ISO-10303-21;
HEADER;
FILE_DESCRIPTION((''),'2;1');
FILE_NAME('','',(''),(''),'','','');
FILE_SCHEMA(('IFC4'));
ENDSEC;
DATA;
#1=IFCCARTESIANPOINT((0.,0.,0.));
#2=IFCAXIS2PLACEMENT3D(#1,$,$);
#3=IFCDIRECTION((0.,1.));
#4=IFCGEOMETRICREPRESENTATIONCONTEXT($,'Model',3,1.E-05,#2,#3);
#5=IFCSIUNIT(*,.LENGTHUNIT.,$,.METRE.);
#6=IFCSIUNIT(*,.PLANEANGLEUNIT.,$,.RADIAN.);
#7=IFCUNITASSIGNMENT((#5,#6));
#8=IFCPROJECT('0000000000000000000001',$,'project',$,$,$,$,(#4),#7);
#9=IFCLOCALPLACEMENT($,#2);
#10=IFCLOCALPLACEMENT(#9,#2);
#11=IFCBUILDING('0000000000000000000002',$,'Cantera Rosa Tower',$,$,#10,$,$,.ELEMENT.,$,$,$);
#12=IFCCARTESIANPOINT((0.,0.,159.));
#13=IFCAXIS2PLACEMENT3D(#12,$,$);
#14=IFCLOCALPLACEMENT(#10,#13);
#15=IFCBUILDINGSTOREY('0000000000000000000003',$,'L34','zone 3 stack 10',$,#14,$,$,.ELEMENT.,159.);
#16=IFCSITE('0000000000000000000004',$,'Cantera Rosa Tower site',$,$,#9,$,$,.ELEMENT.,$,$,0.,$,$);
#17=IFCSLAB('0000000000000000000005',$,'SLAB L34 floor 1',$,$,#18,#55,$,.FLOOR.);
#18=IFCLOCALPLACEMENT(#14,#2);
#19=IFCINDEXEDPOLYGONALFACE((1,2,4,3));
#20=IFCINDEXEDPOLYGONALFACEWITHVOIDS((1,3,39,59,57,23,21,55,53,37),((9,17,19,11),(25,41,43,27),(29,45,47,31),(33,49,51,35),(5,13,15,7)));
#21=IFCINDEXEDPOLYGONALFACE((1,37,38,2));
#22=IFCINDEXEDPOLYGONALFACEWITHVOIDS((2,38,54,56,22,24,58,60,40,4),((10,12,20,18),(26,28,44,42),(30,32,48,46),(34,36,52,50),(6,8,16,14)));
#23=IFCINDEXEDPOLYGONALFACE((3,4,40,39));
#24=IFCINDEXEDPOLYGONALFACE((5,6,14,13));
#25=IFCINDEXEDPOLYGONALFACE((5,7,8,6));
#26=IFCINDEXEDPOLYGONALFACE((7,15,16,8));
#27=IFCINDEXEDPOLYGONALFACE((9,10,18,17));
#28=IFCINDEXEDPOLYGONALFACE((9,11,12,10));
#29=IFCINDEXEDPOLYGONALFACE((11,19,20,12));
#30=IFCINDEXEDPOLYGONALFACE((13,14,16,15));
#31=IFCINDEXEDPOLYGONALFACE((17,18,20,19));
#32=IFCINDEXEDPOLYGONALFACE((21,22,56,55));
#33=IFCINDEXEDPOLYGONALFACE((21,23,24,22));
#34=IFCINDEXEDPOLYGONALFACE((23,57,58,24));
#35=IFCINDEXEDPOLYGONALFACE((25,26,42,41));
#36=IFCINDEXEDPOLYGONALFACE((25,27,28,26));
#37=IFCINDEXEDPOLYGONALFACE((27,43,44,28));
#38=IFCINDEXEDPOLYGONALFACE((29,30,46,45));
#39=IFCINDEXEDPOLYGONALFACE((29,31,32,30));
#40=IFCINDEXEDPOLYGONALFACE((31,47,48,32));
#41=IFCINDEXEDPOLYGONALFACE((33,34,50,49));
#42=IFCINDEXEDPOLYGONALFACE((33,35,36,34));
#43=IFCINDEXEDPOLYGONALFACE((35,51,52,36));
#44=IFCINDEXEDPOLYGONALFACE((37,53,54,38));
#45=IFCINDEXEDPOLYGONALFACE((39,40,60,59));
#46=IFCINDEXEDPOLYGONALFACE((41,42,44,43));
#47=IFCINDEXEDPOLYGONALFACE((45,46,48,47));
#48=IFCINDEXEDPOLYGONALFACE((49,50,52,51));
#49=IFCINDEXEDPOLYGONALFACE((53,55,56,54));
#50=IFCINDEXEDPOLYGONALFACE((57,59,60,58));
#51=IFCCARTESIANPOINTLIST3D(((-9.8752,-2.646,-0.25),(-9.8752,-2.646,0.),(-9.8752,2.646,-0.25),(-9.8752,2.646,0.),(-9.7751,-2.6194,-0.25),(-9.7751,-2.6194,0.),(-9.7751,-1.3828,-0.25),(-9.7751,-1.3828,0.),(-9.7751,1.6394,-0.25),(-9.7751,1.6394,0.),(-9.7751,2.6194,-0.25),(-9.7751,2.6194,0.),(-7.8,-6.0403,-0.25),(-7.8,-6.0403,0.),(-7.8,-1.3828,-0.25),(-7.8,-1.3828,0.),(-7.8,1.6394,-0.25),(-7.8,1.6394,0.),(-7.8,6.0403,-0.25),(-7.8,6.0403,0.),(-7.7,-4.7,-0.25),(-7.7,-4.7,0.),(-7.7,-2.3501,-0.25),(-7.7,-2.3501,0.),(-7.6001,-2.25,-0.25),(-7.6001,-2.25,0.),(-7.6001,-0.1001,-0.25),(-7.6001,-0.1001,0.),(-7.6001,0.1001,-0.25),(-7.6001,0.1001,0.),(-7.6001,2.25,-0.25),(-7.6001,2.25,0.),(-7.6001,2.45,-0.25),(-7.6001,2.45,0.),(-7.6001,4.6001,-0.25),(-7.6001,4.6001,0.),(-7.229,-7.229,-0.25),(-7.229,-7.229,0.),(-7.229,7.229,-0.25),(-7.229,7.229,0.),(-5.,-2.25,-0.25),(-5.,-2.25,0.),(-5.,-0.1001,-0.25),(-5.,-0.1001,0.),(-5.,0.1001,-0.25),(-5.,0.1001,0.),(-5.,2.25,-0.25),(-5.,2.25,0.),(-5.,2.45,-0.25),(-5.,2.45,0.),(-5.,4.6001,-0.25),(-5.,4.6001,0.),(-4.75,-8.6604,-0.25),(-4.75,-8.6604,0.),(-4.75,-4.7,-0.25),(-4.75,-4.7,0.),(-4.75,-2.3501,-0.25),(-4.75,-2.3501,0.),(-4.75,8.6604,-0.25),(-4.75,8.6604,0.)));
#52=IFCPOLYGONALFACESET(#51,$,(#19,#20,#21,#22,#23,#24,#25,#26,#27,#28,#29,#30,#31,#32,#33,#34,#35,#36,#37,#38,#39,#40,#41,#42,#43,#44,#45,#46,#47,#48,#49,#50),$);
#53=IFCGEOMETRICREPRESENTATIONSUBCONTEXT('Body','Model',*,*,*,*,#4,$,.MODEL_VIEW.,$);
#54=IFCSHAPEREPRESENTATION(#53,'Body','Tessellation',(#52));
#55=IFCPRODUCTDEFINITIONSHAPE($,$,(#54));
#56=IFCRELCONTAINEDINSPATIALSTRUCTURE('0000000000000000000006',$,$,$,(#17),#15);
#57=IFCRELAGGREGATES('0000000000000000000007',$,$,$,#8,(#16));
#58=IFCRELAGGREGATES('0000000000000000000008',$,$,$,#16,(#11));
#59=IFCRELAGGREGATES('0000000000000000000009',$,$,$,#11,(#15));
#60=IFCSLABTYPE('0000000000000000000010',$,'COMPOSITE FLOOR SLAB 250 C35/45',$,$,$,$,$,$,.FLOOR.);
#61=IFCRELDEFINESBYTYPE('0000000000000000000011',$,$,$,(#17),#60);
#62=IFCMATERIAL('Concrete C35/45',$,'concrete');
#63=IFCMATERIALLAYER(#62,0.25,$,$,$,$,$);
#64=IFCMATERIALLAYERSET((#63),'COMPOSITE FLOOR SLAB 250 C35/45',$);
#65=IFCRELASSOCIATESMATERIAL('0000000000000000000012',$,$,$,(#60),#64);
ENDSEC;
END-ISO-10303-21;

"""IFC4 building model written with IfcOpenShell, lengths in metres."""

from ifc_helpers import new_model, si_unit, direction, frame, origin, place, context, subcontext, project, spatial, polyline, outline, extrude, material, layer, layer_set, type_object, element, save


model = new_model("IFC4")

# Units and contexts
model_context = context("Model", 3, precision=1e-05, world=origin(), true_north=direction((0.0, 1.0)))
body_context = subcontext(model_context, "Body", "Model", "MODEL_VIEW")
ifc_project = project(units=[si_unit("LENGTHUNIT", "METRE"), si_unit("PLANEANGLEUNIT", "RADIAN")], contexts=[model_context])

# Site, building, storey
site_placement = place(None, origin())
site = spatial("IfcSite", under=ifc_project, at=site_placement, Name="Cantera Rosa Tower site", CompositionType="ELEMENT", RefElevation=0.0)
building_placement = place(site_placement, origin())
building = spatial("IfcBuilding", under=site, at=building_placement, Name="Cantera Rosa Tower", CompositionType="ELEMENT")
storey_placement = place(building_placement, frame((0.0, 0.0, 159.0)))
storey = spatial("IfcBuildingStorey", under=building, at=storey_placement, Name="L34", Description="zone 3 stack 10", CompositionType="ELEMENT", Elevation=159.0)

# Slab
ifc_material_1 = material(Name="Concrete C35/45", Category="concrete")
ifc_layer_1 = layer(ifc_material_1, 0.25)
ifc_layer_set_1 = layer_set([ifc_layer_1], Name="COMPOSITE FLOOR SLAB 250 C35/45")
slab_type_1 = type_object("IfcSlabType", Name="COMPOSITE FLOOR SLAB 250 C35/45", PredefinedType="FLOOR", material=ifc_layer_set_1)
slab_1_placement = place(storey_placement, frame((0.0, 0.0, -0.25)))
element("IfcSlab", 1, at=slab_1_placement, inside=storey, type_object=slab_type_1, Name="SLAB L34 floor 1", PredefinedType="FLOOR", context=body_context, shape_type="SweptSolid", body=[
    extrude(outline(polyline([(-4.75, 8.6604), (-4.75, -2.3501), (-7.7, -2.3501), (-7.7, -4.7), (-4.75, -4.7), (-4.75, -8.6604), (-7.229, -7.229), (-9.8752, -2.646), (-9.8752, 2.646), (-7.229, 7.229), (-4.75, 8.6604)]), holes=[polyline([(-9.7751, -1.3828), (-9.7751, -2.6194), (-7.8, -6.0403), (-7.8, -1.3828), (-9.7751, -1.3828)]), polyline([(-7.6001, -2.25), (-5.0, -2.25), (-5.0, -0.1001), (-7.6001, -0.1001), (-7.6001, -2.25)]), polyline([(-7.6001, 0.1001), (-5.0, 0.1001), (-5.0, 2.25), (-7.6001, 2.25), (-7.6001, 0.1001)]), polyline([(-7.6001, 2.45), (-5.0, 2.45), (-5.0, 4.6001), (-7.6001, 4.6001), (-7.6001, 2.45)]), polyline([(-7.8, 6.0403), (-9.7751, 2.6194), (-9.7751, 1.6394), (-7.8, 1.6394), (-7.8, 6.0403)])]), origin(), (0.0, 0.0, 1.0), 0.25),
])

save(model, "model.ifc")
